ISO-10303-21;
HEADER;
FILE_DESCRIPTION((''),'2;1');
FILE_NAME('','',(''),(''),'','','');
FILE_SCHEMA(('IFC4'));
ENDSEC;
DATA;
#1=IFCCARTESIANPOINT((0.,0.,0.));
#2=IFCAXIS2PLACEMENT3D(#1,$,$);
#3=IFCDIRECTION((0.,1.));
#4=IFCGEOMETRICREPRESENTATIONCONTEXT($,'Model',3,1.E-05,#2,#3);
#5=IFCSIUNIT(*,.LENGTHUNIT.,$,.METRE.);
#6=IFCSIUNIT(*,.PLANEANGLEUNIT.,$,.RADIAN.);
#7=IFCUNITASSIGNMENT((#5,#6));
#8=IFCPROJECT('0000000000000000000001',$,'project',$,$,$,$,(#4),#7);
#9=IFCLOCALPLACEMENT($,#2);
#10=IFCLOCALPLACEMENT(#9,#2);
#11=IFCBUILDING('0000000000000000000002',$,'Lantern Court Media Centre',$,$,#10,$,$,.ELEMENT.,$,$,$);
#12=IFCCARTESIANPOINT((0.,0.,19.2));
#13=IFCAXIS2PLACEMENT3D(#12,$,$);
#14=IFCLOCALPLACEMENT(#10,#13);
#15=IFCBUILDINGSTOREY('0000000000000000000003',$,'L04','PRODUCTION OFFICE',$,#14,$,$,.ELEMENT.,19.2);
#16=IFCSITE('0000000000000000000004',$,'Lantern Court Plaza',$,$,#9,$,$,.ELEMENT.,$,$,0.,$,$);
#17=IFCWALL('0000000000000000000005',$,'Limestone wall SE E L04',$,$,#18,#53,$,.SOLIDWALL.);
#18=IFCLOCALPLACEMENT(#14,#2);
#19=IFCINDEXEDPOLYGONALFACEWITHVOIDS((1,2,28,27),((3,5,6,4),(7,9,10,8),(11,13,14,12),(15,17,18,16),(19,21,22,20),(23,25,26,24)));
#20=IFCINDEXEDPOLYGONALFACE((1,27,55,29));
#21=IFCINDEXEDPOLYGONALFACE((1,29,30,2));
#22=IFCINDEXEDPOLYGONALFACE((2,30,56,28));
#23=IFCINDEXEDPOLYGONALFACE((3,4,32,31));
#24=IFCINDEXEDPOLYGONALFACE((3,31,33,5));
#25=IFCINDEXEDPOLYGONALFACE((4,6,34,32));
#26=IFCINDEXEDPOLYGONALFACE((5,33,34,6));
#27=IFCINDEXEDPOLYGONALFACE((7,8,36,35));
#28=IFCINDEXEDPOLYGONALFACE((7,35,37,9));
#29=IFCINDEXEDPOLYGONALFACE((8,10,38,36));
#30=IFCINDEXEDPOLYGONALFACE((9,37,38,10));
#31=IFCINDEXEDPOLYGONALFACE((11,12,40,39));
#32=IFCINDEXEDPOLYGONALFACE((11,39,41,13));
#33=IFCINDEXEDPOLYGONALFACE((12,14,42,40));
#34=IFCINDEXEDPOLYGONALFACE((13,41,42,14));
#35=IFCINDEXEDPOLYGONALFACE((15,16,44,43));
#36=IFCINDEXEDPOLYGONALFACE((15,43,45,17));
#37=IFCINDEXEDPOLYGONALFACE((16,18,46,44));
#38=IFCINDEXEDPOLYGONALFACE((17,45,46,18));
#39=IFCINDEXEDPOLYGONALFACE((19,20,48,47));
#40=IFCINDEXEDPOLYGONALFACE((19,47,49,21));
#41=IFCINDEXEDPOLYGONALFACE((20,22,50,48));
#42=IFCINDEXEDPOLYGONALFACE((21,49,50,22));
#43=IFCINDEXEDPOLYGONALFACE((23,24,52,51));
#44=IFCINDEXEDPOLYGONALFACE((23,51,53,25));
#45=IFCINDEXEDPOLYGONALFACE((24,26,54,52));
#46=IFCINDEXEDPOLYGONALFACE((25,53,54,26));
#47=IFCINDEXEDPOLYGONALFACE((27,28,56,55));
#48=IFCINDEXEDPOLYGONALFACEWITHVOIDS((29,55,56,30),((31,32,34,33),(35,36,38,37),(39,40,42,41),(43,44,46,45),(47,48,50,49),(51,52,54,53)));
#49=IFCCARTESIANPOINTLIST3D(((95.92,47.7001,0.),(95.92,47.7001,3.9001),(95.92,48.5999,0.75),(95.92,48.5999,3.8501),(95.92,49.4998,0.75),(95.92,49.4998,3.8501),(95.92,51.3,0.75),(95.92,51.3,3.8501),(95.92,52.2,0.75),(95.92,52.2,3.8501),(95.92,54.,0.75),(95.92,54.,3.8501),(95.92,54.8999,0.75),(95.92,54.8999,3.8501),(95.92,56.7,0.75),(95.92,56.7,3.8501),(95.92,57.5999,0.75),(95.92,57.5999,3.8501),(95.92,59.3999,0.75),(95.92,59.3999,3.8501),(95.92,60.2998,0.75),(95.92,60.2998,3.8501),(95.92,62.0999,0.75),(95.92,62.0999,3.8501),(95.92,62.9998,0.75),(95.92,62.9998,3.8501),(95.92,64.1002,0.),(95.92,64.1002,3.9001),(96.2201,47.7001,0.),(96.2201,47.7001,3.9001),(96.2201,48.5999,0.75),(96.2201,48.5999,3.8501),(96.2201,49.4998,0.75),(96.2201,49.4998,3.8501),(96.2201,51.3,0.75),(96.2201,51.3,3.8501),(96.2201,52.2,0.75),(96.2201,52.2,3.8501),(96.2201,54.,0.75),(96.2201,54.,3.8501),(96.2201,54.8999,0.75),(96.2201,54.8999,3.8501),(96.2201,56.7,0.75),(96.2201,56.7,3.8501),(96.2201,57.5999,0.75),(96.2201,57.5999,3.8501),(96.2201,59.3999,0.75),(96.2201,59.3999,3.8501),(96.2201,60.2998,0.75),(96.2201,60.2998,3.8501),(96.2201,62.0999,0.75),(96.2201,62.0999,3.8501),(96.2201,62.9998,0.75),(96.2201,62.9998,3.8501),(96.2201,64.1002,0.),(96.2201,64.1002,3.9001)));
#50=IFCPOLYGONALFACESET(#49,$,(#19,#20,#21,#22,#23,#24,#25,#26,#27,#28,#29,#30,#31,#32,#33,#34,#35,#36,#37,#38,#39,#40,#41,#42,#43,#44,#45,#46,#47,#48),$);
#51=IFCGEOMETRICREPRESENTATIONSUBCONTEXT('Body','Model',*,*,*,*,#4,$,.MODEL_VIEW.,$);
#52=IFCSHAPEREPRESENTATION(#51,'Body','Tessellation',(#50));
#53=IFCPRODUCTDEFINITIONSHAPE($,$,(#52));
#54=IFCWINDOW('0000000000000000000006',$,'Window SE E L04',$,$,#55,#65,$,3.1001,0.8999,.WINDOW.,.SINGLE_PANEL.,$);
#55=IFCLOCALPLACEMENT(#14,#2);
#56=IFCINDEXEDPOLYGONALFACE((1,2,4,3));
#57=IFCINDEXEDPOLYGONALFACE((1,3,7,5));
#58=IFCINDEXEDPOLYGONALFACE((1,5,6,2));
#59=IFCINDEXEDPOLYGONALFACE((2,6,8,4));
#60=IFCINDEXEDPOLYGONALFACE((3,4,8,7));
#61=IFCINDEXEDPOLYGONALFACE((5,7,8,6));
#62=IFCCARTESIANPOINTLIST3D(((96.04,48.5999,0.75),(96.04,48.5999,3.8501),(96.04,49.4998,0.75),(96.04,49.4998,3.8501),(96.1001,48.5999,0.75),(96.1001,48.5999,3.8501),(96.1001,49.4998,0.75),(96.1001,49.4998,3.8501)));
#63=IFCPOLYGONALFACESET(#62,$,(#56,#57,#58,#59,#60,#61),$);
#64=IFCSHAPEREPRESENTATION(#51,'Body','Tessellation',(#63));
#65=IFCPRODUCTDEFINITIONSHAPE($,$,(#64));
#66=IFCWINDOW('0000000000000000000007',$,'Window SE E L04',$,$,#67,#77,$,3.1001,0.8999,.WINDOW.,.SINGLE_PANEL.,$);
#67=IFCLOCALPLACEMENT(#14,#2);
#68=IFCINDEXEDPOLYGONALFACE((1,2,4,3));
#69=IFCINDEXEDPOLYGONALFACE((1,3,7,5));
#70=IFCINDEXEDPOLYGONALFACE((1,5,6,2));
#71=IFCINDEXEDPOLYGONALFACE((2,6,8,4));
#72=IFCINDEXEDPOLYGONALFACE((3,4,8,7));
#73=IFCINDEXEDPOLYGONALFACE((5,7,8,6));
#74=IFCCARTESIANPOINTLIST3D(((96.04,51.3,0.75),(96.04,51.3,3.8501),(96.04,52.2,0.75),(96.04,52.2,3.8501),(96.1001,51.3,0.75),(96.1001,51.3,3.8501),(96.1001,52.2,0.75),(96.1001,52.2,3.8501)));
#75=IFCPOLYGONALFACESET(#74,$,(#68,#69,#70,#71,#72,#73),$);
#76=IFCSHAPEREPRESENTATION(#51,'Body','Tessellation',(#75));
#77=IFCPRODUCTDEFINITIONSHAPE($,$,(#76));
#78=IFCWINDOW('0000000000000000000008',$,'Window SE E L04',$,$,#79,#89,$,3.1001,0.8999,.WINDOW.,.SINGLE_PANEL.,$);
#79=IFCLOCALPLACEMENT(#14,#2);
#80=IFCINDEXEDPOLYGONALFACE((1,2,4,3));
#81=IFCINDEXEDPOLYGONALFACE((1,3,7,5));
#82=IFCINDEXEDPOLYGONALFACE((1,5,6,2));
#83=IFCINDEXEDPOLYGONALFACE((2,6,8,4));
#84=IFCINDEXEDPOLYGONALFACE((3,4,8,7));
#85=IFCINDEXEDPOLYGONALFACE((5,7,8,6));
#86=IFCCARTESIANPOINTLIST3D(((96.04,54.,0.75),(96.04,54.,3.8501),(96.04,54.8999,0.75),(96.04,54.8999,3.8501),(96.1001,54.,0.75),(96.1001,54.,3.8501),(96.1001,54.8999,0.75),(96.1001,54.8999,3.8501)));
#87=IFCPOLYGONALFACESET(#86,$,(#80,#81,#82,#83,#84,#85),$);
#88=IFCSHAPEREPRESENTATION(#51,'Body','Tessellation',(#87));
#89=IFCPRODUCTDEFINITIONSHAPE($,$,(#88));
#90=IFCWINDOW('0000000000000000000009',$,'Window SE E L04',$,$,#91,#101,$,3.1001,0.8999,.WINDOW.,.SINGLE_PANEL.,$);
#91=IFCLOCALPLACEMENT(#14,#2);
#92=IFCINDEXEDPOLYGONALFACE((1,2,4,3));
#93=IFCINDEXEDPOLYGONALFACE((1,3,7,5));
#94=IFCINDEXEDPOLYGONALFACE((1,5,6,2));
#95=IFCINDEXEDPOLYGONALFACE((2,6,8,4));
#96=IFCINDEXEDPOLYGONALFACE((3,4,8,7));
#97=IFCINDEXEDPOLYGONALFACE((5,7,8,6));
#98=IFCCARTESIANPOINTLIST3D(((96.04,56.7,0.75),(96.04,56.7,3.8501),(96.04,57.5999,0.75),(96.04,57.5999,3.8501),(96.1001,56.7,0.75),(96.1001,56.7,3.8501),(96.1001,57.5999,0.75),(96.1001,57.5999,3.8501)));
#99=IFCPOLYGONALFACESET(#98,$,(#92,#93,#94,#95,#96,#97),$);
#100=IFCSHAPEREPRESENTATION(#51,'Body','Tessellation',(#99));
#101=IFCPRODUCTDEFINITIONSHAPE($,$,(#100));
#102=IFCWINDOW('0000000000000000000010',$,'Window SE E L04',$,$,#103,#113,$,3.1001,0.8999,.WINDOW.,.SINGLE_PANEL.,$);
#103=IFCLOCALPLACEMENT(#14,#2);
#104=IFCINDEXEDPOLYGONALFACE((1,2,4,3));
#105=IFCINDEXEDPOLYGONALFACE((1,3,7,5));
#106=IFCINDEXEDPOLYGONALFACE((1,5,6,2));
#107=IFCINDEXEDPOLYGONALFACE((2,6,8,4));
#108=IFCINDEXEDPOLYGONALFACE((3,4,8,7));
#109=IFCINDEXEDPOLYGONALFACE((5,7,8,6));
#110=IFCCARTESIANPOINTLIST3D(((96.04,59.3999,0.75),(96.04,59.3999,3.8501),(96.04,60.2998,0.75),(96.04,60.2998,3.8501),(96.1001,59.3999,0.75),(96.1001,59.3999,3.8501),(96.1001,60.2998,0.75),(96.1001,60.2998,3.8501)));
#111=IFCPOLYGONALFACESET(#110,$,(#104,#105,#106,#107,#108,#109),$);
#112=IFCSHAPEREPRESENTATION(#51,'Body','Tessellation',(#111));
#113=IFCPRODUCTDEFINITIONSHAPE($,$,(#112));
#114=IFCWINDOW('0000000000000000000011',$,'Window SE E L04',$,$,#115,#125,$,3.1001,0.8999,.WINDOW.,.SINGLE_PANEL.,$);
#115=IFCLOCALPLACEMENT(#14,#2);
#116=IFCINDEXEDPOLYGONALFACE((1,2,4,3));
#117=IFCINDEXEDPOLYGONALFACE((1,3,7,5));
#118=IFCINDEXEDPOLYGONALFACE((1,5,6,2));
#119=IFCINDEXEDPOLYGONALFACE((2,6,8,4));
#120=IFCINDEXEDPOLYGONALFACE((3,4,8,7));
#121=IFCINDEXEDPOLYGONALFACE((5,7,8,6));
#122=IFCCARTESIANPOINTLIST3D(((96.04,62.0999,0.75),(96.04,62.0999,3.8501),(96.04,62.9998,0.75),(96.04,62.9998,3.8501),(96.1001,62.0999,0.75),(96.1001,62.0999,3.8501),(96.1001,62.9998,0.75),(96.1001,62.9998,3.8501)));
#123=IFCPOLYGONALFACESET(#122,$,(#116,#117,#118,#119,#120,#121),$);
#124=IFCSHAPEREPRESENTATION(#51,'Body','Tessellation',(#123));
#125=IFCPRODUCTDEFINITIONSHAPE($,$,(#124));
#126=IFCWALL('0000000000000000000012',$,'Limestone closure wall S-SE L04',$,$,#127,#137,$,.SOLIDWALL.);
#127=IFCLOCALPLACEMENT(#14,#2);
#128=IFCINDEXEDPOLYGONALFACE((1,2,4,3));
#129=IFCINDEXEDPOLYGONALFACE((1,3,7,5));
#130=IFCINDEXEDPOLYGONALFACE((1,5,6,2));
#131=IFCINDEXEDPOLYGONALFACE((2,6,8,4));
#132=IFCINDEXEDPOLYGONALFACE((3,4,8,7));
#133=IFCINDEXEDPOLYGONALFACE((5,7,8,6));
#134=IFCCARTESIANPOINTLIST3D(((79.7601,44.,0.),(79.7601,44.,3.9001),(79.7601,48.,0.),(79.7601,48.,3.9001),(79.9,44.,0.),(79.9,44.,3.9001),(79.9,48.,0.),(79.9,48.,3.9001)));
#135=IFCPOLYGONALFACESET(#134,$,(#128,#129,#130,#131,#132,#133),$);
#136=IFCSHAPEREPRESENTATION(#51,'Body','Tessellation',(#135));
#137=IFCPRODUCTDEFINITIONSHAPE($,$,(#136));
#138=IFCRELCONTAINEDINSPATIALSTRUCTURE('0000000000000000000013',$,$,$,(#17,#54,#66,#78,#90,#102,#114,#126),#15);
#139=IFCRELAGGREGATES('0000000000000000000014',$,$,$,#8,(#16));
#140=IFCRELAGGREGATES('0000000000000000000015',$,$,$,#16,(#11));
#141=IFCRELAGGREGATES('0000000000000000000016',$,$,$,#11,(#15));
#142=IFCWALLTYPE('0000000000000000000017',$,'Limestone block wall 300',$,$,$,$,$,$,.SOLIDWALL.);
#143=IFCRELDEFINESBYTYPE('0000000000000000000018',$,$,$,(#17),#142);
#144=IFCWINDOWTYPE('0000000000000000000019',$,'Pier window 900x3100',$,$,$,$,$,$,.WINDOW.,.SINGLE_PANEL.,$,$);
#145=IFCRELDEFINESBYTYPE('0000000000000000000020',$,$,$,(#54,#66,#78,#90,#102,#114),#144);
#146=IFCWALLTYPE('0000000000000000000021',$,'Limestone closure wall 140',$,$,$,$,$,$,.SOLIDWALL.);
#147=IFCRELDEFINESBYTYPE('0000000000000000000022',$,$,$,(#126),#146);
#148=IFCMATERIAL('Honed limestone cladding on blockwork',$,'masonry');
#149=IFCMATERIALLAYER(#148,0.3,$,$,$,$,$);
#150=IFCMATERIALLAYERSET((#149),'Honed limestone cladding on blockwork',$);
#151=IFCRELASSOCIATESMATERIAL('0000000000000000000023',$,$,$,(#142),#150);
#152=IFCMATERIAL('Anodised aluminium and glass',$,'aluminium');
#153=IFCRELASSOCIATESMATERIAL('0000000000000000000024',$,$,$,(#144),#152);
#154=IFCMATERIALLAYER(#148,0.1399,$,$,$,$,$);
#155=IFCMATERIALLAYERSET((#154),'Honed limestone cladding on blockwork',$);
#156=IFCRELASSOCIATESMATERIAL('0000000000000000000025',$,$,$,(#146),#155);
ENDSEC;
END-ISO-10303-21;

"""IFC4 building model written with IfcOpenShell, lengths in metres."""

from ifc_helpers import new_model, si_unit, direction, frame, frame_2d, origin, place, context, subcontext, project, spatial, rectangle, extrude, material, layer, layer_set, type_object, element, fill, save


model = new_model("IFC4")

# Units and contexts
model_context = context("Model", 3, precision=1e-05, world=origin(), true_north=direction((0.0, 1.0)))
body_context = subcontext(model_context, "Body", "Model", "MODEL_VIEW")
ifc_project = project(units=[si_unit("LENGTHUNIT", "METRE"), si_unit("PLANEANGLEUNIT", "RADIAN")], contexts=[model_context])

# Site, building, storey
site_placement = place(None, origin())
site = spatial("IfcSite", under=ifc_project, at=site_placement, Name="Lantern Court Plaza", CompositionType="ELEMENT", RefElevation=0.0)
building_placement = place(site_placement, origin())
building = spatial("IfcBuilding", under=site, at=building_placement, Name="Lantern Court Media Centre", CompositionType="ELEMENT")
storey_placement = place(building_placement, frame((0.0, 0.0, 19.2)))
storey = spatial("IfcBuildingStorey", under=building, at=storey_placement, Name="L04", Description="PRODUCTION OFFICE", CompositionType="ELEMENT", Elevation=19.2)

# Wall, openings, windows
ifc_material_1 = material(Name="Honed limestone cladding on blockwork", Category="masonry")
ifc_layer_1 = layer(ifc_material_1, 0.3)
ifc_layer_set_1 = layer_set([ifc_layer_1], Name="Honed limestone cladding on blockwork")
wall_type_1 = type_object("IfcWallType", Name="Limestone block wall 300", PredefinedType="SOLIDWALL", material=ifc_layer_set_1)
wall_1_placement = place(storey_placement, frame((96.0701, 47.7, 0.0), z_axis=(0.0, 0.0, 1.0), x_axis=(0.0, 1.0, 0.0)))
wall_1 = element("IfcWall", 1, at=wall_1_placement, inside=storey, type_object=wall_type_1, Name="Limestone wall SE E L04", PredefinedType="SOLIDWALL", context=body_context, shape_type="SweptSolid", body=[
    extrude(rectangle(XDim=16.4001, YDim=0.3, at=frame_2d((8.2002, 0.0))), origin(), (0.0, 0.0, 1.0), 3.9001),
])
opening_1_placement = place(wall_1_placement, frame((0.8999, 0.0, 0.75)))
opening_1 = element("IfcOpeningElement", 2, at=opening_1_placement, cuts=wall_1, PredefinedType="OPENING", context=body_context, shape_type="SweptSolid", body=[
    extrude(rectangle(XDim=0.8999, YDim=3.1001, at=frame_2d((0.45, 1.55))), frame((0.0, 0.1599, 0.0), z_axis=(0.0, -1.0, 0.0), x_axis=(1.0, 0.0, 0.0)), (0.0, 0.0, 1.0), 0.3201),
])
opening_2_placement = place(wall_1_placement, frame((3.6001, 0.0, 0.75)))
opening_2 = element("IfcOpeningElement", 3, at=opening_2_placement, cuts=wall_1, PredefinedType="OPENING", context=body_context, shape_type="SweptSolid", body=[
    extrude(rectangle(XDim=0.8999, YDim=3.1001, at=frame_2d((0.45, 1.55))), frame((0.0, 0.1599, 0.0), z_axis=(0.0, -1.0, 0.0), x_axis=(1.0, 0.0, 0.0)), (0.0, 0.0, 1.0), 0.3201),
])
opening_3_placement = place(wall_1_placement, frame((6.3, 0.0, 0.75)))
opening_3 = element("IfcOpeningElement", 4, at=opening_3_placement, cuts=wall_1, PredefinedType="OPENING", context=body_context, shape_type="SweptSolid", body=[
    extrude(rectangle(XDim=0.8999, YDim=3.1001, at=frame_2d((0.45, 1.55))), frame((0.0, 0.1599, 0.0), z_axis=(0.0, -1.0, 0.0), x_axis=(1.0, 0.0, 0.0)), (0.0, 0.0, 1.0), 0.3201),
])
opening_4_placement = place(wall_1_placement, frame((9.0, 0.0, 0.75)))
opening_4 = element("IfcOpeningElement", 5, at=opening_4_placement, cuts=wall_1, PredefinedType="OPENING", context=body_context, shape_type="SweptSolid", body=[
    extrude(rectangle(XDim=0.8999, YDim=3.1001, at=frame_2d((0.45, 1.55))), frame((0.0, 0.1599, 0.0), z_axis=(0.0, -1.0, 0.0), x_axis=(1.0, 0.0, 0.0)), (0.0, 0.0, 1.0), 0.3201),
])
opening_5_placement = place(wall_1_placement, frame((11.7, 0.0, 0.75)))
opening_5 = element("IfcOpeningElement", 6, at=opening_5_placement, cuts=wall_1, PredefinedType="OPENING", context=body_context, shape_type="SweptSolid", body=[
    extrude(rectangle(XDim=0.8999, YDim=3.1001, at=frame_2d((0.45, 1.55))), frame((0.0, 0.1599, 0.0), z_axis=(0.0, -1.0, 0.0), x_axis=(1.0, 0.0, 0.0)), (0.0, 0.0, 1.0), 0.3201),
])
opening_6_placement = place(wall_1_placement, frame((14.3999, 0.0, 0.75)))
opening_6 = element("IfcOpeningElement", 7, at=opening_6_placement, cuts=wall_1, PredefinedType="OPENING", context=body_context, shape_type="SweptSolid", body=[
    extrude(rectangle(XDim=0.8999, YDim=3.1001, at=frame_2d((0.45, 1.55))), frame((0.0, 0.1599, 0.0), z_axis=(0.0, -1.0, 0.0), x_axis=(1.0, 0.0, 0.0)), (0.0, 0.0, 1.0), 0.3201),
])
ifc_material_2 = material(Name="Anodised aluminium and glass", Category="aluminium")
window_type = type_object("IfcWindowType", Name="Pier window 900x3100", PartitioningType="SINGLE_PANEL", PredefinedType="WINDOW", material=ifc_material_2)
window_1_placement = place(opening_1_placement, origin())
window_1 = element("IfcWindow", 8, at=window_1_placement, inside=storey, type_object=window_type, Name="Window SE E L04", OverallHeight=3.1001, OverallWidth=0.8999, PartitioningType="SINGLE_PANEL", PredefinedType="WINDOW", context=body_context, shape_type="SweptSolid", body=[
    extrude(rectangle(XDim=0.8999, YDim=3.1001, at=frame_2d((0.45, 1.55))), frame((0.0, 0.03, 0.0), z_axis=(0.0, -1.0, 0.0), x_axis=(1.0, 0.0, 0.0)), (0.0, 0.0, 1.0), 0.0601),
])
fill(opening_1, window_1)
window_2_placement = place(opening_2_placement, origin())
window_2 = element("IfcWindow", 9, at=window_2_placement, inside=storey, type_object=window_type, Name="Window SE E L04", OverallHeight=3.1001, OverallWidth=0.8999, PartitioningType="SINGLE_PANEL", PredefinedType="WINDOW", context=body_context, shape_type="SweptSolid", body=[
    extrude(rectangle(XDim=0.8999, YDim=3.1001, at=frame_2d((0.45, 1.55))), frame((0.0, 0.03, 0.0), z_axis=(0.0, -1.0, 0.0), x_axis=(1.0, 0.0, 0.0)), (0.0, 0.0, 1.0), 0.0601),
])
fill(opening_2, window_2)
window_3_placement = place(opening_3_placement, origin())
window_3 = element("IfcWindow", 10, at=window_3_placement, inside=storey, type_object=window_type, Name="Window SE E L04", OverallHeight=3.1001, OverallWidth=0.8999, PartitioningType="SINGLE_PANEL", PredefinedType="WINDOW", context=body_context, shape_type="SweptSolid", body=[
    extrude(rectangle(XDim=0.8999, YDim=3.1001, at=frame_2d((0.45, 1.55))), frame((0.0, 0.03, 0.0), z_axis=(0.0, -1.0, 0.0), x_axis=(1.0, 0.0, 0.0)), (0.0, 0.0, 1.0), 0.0601),
])
fill(opening_3, window_3)
window_4_placement = place(opening_4_placement, origin())
window_4 = element("IfcWindow", 11, at=window_4_placement, inside=storey, type_object=window_type, Name="Window SE E L04", OverallHeight=3.1001, OverallWidth=0.8999, PartitioningType="SINGLE_PANEL", PredefinedType="WINDOW", context=body_context, shape_type="SweptSolid", body=[
    extrude(rectangle(XDim=0.8999, YDim=3.1001, at=frame_2d((0.45, 1.55))), frame((0.0, 0.03, 0.0), z_axis=(0.0, -1.0, 0.0), x_axis=(1.0, 0.0, 0.0)), (0.0, 0.0, 1.0), 0.0601),
])
fill(opening_4, window_4)
window_5_placement = place(opening_5_placement, origin())
window_5 = element("IfcWindow", 12, at=window_5_placement, inside=storey, type_object=window_type, Name="Window SE E L04", OverallHeight=3.1001, OverallWidth=0.8999, PartitioningType="SINGLE_PANEL", PredefinedType="WINDOW", context=body_context, shape_type="SweptSolid", body=[
    extrude(rectangle(XDim=0.8999, YDim=3.1001, at=frame_2d((0.45, 1.55))), frame((0.0, 0.03, 0.0), z_axis=(0.0, -1.0, 0.0), x_axis=(1.0, 0.0, 0.0)), (0.0, 0.0, 1.0), 0.0601),
])
fill(opening_5, window_5)
window_6_placement = place(opening_6_placement, origin())
window_6 = element("IfcWindow", 13, at=window_6_placement, inside=storey, type_object=window_type, Name="Window SE E L04", OverallHeight=3.1001, OverallWidth=0.8999, PartitioningType="SINGLE_PANEL", PredefinedType="WINDOW", context=body_context, shape_type="SweptSolid", body=[
    extrude(rectangle(XDim=0.8999, YDim=3.1001, at=frame_2d((0.45, 1.55))), frame((0.0, 0.03, 0.0), z_axis=(0.0, -1.0, 0.0), x_axis=(1.0, 0.0, 0.0)), (0.0, 0.0, 1.0), 0.0601),
])
fill(opening_6, window_6)

# Wall
ifc_layer_2 = layer(ifc_material_1, 0.1399)
ifc_layer_set_2 = layer_set([ifc_layer_2], Name="Honed limestone cladding on blockwork")
wall_type_2 = type_object("IfcWallType", Name="Limestone closure wall 140", PredefinedType="SOLIDWALL", material=ifc_layer_set_2)
wall_2_placement = place(storey_placement, frame((79.8301, 44.0, 0.0), z_axis=(0.0, 0.0, 1.0), x_axis=(0.0, 1.0, 0.0)))
element("IfcWall", 14, at=wall_2_placement, inside=storey, type_object=wall_type_2, Name="Limestone closure wall S-SE L04", PredefinedType="SOLIDWALL", context=body_context, shape_type="SweptSolid", body=[
    extrude(rectangle(XDim=4.0, YDim=0.1399, at=frame_2d((2.0, 0.0))), origin(), (0.0, 0.0, 1.0), 3.9001),
])

save(model, "model.ifc")
